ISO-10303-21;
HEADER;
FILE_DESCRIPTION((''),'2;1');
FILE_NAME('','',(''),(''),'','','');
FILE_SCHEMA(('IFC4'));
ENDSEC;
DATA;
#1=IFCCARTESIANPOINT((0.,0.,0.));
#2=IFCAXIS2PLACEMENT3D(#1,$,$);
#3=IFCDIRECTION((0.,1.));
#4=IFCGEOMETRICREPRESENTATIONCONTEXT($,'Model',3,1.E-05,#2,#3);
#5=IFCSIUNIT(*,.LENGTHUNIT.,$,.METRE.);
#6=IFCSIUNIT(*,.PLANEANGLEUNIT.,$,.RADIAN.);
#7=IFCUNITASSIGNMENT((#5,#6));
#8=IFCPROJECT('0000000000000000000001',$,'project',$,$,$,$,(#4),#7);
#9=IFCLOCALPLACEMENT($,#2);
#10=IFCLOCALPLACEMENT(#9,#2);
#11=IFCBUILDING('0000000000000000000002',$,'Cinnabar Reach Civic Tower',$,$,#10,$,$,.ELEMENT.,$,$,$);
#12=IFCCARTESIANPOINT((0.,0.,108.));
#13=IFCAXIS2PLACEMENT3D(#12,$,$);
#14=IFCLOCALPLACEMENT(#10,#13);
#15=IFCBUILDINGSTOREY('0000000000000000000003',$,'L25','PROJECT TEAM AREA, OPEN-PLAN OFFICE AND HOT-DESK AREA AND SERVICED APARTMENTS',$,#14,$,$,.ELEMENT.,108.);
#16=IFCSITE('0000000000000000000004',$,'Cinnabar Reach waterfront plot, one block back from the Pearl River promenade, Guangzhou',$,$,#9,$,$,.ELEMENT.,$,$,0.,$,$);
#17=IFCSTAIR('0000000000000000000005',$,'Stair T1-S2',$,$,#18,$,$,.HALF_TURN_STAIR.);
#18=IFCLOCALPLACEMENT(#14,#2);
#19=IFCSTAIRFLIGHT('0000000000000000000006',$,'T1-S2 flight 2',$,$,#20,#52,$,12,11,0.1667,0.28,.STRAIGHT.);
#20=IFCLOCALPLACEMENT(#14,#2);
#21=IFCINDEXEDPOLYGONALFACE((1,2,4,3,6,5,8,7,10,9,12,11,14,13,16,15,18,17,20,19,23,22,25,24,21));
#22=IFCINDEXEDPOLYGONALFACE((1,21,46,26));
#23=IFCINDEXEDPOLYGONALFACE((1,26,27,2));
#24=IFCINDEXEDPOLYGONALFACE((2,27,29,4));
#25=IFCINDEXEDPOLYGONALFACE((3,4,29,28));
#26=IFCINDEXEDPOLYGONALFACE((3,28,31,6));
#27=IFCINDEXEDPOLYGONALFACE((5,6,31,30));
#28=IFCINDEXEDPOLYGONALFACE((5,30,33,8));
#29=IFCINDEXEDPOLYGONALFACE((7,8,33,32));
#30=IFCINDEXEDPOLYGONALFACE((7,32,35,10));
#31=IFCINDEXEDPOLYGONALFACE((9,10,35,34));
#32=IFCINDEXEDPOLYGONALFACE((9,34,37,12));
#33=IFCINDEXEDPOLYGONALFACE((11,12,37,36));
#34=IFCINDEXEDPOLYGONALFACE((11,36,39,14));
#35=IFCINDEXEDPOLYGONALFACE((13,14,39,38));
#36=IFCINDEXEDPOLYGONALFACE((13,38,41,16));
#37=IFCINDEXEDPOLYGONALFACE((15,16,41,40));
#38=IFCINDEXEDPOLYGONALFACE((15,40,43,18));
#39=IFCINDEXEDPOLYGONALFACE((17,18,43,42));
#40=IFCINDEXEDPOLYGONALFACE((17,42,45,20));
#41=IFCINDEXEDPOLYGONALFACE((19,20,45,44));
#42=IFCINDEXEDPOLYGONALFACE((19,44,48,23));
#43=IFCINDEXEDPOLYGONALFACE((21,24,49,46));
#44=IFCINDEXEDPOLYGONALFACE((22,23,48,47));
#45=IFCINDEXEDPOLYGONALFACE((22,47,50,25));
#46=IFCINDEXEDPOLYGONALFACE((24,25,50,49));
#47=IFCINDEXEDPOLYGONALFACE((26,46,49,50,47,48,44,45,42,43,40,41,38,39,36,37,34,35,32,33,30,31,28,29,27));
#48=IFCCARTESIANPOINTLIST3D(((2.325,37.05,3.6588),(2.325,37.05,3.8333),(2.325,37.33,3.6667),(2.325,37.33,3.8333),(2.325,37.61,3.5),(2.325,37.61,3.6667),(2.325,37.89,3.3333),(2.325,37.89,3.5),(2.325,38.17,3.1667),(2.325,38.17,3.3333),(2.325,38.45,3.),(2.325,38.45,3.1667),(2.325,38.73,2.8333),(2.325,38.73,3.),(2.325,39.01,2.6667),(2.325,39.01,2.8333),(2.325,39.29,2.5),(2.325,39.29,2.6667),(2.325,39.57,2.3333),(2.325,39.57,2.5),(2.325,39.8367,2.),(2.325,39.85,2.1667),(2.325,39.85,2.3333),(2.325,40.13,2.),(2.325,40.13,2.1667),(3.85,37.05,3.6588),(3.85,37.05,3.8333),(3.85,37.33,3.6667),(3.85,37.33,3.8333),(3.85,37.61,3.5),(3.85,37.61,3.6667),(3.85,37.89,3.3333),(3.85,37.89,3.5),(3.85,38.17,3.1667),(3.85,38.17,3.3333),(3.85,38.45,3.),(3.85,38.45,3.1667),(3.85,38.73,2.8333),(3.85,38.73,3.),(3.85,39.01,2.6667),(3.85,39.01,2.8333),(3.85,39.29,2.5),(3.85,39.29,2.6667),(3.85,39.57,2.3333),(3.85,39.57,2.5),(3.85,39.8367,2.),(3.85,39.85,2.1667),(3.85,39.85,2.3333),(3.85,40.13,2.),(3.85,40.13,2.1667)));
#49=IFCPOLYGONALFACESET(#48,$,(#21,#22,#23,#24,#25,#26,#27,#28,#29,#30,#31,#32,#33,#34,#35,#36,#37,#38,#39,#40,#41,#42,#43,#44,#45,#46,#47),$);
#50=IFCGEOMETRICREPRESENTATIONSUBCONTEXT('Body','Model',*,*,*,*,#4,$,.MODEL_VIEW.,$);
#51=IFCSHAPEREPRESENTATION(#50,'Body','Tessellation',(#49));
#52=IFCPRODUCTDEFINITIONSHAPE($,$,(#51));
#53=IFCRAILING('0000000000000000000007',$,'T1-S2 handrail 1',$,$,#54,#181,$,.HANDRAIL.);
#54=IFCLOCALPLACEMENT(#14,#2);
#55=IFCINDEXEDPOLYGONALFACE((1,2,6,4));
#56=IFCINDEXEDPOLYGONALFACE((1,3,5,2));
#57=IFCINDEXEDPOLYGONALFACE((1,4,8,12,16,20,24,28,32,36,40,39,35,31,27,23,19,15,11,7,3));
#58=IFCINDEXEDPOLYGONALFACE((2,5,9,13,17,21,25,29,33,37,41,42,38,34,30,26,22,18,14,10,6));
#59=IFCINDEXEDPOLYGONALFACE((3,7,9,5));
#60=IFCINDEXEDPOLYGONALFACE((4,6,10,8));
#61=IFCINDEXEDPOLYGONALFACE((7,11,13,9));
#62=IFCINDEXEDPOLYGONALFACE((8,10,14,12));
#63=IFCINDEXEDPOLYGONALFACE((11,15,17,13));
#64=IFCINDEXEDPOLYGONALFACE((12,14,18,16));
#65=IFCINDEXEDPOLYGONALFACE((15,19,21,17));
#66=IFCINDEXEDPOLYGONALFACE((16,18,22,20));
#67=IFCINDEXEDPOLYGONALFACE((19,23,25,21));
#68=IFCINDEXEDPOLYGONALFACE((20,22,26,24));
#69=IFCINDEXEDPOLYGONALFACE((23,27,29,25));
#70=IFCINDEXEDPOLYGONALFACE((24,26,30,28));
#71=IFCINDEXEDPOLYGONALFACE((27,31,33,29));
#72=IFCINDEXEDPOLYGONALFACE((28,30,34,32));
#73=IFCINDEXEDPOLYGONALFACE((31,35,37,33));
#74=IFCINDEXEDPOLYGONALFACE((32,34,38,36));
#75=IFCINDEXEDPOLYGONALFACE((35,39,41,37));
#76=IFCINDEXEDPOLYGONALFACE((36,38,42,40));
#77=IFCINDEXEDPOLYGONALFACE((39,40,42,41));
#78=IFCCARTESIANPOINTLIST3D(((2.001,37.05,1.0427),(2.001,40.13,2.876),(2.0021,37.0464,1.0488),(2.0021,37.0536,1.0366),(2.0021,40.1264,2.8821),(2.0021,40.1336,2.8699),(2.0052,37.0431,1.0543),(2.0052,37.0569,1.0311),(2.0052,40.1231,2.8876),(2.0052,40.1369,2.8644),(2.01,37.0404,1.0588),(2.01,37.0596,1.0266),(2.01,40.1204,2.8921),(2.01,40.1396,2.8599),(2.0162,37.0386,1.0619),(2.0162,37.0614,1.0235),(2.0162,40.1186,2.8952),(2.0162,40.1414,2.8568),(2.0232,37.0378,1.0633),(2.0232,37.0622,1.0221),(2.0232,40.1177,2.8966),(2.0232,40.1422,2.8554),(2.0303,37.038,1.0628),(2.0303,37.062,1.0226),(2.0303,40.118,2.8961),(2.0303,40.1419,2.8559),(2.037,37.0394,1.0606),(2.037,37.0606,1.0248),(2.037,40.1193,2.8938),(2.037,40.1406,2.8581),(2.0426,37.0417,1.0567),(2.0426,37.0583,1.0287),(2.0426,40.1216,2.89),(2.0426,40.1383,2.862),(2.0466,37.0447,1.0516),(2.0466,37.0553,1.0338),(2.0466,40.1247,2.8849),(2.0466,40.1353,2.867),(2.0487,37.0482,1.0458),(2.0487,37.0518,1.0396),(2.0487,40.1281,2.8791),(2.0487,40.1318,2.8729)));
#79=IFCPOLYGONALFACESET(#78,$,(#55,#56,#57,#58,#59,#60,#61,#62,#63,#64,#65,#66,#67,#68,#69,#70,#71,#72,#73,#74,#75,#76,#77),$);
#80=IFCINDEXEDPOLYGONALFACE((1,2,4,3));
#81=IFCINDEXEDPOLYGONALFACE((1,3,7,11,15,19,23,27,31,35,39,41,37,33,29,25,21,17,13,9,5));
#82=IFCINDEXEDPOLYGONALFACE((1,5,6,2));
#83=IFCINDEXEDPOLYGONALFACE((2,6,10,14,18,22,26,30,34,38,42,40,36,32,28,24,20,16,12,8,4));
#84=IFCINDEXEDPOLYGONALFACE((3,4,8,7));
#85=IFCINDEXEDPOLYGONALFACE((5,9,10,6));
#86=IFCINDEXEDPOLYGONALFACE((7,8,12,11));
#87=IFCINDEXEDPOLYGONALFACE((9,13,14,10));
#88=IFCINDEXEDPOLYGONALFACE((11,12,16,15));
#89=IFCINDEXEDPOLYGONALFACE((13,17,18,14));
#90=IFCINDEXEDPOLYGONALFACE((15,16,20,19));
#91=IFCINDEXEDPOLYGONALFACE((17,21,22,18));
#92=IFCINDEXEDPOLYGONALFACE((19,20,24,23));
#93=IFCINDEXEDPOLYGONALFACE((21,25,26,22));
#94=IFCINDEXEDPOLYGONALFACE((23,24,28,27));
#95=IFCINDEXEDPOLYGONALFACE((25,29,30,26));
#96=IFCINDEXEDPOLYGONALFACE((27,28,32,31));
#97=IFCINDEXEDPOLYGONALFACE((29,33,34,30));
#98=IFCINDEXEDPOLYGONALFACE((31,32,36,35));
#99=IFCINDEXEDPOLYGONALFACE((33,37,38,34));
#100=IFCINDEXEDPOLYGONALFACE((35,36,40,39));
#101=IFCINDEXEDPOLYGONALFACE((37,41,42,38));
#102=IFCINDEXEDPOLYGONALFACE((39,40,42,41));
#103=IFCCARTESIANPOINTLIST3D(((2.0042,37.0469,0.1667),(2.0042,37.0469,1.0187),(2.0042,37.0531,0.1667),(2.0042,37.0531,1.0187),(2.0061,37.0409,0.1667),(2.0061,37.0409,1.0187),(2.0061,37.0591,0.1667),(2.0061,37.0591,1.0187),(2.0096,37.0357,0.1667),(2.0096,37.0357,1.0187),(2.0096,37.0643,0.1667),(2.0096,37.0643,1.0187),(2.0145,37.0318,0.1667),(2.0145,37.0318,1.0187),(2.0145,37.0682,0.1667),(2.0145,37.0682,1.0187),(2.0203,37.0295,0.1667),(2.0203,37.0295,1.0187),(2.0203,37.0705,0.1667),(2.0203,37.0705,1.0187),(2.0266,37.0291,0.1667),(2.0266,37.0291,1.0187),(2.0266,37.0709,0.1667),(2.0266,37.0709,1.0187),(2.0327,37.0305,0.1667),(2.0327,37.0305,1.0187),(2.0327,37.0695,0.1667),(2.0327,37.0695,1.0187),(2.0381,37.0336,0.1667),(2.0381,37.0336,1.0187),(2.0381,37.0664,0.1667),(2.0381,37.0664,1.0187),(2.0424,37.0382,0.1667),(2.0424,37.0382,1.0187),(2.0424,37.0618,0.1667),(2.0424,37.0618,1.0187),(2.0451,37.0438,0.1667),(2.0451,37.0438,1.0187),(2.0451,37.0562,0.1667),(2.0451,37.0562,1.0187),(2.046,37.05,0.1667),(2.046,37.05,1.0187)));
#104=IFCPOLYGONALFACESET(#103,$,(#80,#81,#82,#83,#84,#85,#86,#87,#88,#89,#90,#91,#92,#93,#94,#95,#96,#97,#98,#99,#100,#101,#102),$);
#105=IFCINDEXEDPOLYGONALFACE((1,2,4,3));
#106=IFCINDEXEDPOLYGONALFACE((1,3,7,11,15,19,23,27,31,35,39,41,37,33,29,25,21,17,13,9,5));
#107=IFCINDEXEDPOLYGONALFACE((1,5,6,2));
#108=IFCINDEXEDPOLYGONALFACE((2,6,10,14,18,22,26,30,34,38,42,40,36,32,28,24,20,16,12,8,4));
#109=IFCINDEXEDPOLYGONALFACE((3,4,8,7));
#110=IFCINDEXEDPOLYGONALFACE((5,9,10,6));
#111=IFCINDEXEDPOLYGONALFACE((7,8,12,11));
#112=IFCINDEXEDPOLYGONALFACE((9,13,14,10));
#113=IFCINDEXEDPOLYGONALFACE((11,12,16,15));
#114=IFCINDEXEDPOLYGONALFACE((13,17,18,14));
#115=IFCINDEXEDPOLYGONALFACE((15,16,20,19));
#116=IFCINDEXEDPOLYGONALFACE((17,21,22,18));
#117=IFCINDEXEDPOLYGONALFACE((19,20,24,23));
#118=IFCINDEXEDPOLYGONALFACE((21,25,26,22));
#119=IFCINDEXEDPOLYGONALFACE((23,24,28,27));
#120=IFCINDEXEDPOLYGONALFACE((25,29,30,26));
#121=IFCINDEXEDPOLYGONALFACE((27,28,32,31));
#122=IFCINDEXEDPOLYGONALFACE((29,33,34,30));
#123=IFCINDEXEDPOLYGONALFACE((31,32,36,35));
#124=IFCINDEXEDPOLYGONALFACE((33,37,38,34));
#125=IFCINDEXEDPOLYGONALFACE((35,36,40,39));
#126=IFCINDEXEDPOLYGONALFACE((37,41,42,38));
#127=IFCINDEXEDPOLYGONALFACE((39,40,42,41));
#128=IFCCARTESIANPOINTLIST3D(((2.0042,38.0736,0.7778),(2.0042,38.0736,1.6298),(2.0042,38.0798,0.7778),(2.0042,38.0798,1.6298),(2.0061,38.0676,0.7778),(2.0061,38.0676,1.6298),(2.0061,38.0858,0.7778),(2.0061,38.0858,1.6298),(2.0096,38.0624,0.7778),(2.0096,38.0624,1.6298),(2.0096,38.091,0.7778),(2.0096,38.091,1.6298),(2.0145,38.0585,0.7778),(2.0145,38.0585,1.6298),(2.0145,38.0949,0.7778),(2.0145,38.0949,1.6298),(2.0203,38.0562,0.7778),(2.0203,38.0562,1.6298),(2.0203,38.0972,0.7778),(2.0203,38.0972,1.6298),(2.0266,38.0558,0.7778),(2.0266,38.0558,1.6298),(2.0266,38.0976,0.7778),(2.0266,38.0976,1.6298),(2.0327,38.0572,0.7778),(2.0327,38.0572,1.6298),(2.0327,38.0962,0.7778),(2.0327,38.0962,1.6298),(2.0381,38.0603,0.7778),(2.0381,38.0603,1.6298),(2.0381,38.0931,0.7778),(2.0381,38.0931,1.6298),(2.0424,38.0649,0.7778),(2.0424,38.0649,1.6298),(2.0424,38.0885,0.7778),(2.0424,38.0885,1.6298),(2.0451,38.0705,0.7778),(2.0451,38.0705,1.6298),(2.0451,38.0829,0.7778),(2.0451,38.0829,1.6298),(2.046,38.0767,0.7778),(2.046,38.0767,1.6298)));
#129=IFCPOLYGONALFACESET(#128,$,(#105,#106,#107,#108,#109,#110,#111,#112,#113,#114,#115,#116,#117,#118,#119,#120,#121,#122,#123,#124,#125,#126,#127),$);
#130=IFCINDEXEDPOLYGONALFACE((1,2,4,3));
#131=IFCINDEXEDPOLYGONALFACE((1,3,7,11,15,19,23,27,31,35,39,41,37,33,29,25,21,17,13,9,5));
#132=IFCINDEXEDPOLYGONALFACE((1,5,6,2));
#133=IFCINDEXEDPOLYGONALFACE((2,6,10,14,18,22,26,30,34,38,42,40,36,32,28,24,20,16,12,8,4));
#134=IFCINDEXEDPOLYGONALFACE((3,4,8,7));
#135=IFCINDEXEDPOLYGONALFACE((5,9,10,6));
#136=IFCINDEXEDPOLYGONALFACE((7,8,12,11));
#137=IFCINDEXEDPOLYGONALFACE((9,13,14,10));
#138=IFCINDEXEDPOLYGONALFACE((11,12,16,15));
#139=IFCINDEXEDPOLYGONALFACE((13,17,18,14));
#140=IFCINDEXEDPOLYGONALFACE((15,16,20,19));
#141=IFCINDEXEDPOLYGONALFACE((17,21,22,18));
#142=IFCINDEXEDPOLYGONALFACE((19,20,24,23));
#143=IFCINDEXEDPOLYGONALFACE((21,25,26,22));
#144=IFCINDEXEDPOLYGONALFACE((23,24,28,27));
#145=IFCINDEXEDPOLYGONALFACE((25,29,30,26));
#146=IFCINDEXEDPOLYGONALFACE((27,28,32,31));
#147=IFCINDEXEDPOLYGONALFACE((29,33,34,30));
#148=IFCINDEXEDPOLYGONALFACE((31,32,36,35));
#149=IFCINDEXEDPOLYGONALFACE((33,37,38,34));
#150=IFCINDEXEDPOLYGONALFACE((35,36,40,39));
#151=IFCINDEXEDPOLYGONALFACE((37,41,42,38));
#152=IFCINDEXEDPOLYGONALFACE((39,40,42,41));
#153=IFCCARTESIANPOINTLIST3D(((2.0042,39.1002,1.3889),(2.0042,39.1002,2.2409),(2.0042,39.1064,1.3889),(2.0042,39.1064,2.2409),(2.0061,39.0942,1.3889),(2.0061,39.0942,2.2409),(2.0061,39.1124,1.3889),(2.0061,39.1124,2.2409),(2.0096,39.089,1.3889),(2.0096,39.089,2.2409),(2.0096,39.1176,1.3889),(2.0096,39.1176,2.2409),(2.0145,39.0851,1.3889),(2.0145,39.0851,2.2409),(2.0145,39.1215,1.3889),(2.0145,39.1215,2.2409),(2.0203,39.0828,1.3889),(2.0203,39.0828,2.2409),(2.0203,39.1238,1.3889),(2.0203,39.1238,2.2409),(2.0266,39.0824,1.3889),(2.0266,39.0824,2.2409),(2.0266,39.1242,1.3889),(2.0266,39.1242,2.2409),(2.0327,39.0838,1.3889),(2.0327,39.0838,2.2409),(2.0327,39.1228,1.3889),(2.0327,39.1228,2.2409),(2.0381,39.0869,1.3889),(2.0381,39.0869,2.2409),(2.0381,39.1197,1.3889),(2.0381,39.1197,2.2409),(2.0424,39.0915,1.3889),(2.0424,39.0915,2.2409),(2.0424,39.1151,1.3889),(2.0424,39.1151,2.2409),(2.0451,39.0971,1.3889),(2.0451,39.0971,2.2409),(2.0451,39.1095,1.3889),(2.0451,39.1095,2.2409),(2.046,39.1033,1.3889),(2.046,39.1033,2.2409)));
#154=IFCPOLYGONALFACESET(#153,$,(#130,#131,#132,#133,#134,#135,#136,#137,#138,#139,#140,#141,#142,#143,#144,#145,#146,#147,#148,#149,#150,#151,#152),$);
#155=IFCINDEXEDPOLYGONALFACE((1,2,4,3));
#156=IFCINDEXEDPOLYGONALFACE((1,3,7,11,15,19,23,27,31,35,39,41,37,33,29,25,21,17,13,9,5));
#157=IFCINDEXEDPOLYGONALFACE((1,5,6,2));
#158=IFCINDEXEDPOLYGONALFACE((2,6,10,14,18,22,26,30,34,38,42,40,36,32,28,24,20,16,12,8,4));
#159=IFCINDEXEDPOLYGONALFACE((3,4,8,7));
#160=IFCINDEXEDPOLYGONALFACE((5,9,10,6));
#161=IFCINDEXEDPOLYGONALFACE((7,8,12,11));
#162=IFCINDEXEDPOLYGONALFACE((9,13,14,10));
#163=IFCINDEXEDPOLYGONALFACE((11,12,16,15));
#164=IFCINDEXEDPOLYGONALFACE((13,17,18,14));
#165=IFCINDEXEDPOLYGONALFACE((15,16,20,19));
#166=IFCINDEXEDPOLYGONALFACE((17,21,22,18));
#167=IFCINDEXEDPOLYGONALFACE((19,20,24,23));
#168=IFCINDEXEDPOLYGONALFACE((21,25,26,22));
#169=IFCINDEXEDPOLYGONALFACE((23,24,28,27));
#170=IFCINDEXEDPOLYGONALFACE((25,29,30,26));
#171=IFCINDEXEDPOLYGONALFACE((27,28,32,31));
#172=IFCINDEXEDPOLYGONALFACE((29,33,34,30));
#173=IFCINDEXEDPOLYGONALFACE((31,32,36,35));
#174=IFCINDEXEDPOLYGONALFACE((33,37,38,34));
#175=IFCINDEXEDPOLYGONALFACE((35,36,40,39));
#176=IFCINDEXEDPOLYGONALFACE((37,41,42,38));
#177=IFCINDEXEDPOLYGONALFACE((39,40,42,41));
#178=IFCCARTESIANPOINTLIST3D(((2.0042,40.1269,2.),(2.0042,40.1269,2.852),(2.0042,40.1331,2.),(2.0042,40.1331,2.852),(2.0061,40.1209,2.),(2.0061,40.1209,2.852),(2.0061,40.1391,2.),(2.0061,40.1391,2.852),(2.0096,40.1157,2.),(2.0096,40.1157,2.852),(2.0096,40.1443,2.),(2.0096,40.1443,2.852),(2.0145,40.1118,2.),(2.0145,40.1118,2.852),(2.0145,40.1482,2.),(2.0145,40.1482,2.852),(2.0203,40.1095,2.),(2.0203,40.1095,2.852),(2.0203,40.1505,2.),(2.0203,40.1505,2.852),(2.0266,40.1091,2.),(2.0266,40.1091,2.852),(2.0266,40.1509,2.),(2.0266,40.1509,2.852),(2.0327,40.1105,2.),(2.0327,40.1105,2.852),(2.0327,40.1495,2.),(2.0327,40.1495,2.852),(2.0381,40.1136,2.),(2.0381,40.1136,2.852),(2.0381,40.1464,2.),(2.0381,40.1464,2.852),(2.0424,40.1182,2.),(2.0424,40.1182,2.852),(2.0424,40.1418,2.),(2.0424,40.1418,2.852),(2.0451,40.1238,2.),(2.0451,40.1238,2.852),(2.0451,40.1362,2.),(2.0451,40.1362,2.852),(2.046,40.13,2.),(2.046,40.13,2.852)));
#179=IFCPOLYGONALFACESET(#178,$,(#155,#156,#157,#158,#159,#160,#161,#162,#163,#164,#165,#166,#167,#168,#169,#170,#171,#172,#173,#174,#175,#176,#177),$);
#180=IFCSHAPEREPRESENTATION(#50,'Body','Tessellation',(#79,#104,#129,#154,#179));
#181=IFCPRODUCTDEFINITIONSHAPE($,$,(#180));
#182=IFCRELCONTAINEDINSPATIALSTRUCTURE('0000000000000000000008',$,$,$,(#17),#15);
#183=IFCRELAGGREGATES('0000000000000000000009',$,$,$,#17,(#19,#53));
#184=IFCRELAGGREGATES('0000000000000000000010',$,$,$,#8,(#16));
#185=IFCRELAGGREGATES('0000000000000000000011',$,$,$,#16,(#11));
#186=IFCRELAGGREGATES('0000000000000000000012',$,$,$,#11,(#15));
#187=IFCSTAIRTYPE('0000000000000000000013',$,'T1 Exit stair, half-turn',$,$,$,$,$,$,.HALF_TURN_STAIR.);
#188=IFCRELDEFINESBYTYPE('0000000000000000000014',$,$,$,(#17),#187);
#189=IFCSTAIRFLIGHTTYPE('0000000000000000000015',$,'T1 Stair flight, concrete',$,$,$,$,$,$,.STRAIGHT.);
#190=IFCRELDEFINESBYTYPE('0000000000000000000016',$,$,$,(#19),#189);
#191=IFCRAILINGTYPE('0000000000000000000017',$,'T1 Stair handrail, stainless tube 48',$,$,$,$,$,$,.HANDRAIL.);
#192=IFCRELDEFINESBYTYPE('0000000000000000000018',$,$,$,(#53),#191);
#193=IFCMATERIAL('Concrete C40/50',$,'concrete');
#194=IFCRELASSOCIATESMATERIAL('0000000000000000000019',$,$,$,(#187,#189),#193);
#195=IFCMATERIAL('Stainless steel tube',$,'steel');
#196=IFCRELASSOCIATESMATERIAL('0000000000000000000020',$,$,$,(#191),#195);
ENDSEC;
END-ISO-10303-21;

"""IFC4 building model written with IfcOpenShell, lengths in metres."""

from ifc_helpers import new_model, si_unit, direction, frame, origin, origin_2d, place, context, subcontext, project, spatial, polyline, circle, outline, extrude, material, type_object, element, aggregate, save


model = new_model("IFC4")

# Units and contexts
model_context = context("Model", 3, precision=1e-05, world=origin(), true_north=direction((0.0, 1.0)))
body_context = subcontext(model_context, "Body", "Model", "MODEL_VIEW")
ifc_project = project(units=[si_unit("LENGTHUNIT", "METRE"), si_unit("PLANEANGLEUNIT", "RADIAN")], contexts=[model_context])

# Site, building, storey
site_placement = place(None, origin())
site = spatial("IfcSite", under=ifc_project, at=site_placement, Name="Cinnabar Reach waterfront plot, one block back from the Pearl River promenade, Guangzhou", CompositionType="ELEMENT", RefElevation=0.0)
building_placement = place(site_placement, origin())
building = spatial("IfcBuilding", under=site, at=building_placement, Name="Cinnabar Reach Civic Tower", CompositionType="ELEMENT")
storey_placement = place(building_placement, frame((0.0, 0.0, 108.0)))
storey = spatial("IfcBuildingStorey", under=building, at=storey_placement, Name="L25", Description="PROJECT TEAM AREA, OPEN-PLAN OFFICE AND HOT-DESK AREA AND SERVICED APARTMENTS", CompositionType="ELEMENT", Elevation=108.0)

# Stair, stair flight, railing
ifc_material_1 = material(Name="Concrete C40/50", Category="concrete")
stair_type = type_object("IfcStairType", Name="T1 Exit stair, half-turn", PredefinedType="HALF_TURN_STAIR", material=ifc_material_1)
stair_placement = place(storey_placement, origin())
stair = element("IfcStair", 1, at=stair_placement, inside=storey, type_object=stair_type, Name="Stair T1-S2", PredefinedType="HALF_TURN_STAIR")
stair_flight_type = type_object("IfcStairFlightType", Name="T1 Stair flight, concrete", PredefinedType="STRAIGHT", material=ifc_material_1)
stair_flight_1_placement = place(storey_placement, frame((3.0875, 40.13, 2.0), z_axis=(0.0, 0.0, 1.0), x_axis=(0.0, -1.0, 0.0)))
stair_flight_1 = element("IfcStairFlight", 2, at=stair_flight_1_placement, type_object=stair_flight_type, Name="T1-S2 flight 2", NumberOfRisers=12, NumberOfTreads=11, PredefinedType="STRAIGHT", RiserHeight=0.1667, TreadLength=0.28, context=body_context, shape_type="SweptSolid", body=[
    extrude(outline(polyline([(0.0, 0.0), (0.0, 0.1667), (0.28, 0.1667), (0.28, 0.3333), (0.56, 0.3333), (0.56, 0.5), (0.84, 0.5), (0.84, 0.6667), (1.12, 0.6667), (1.12, 0.8333), (1.4, 0.8333), (1.4, 1.0), (1.68, 1.0), (1.68, 1.1667), (1.96, 1.1667), (1.96, 1.3333), (2.24, 1.3333), (2.24, 1.5), (2.52, 1.5), (2.52, 1.6667), (2.8, 1.6667), (2.8, 1.8333), (3.08, 1.8333), (3.08, 2.0), (3.08, 1.6588), (0.2933, 0.0), (0.0, 0.0)])), frame((0.0, 0.7625, 0.0), z_axis=(0.0, -1.0, 0.0), x_axis=(1.0, 0.0, 0.0)), (0.0, 0.0, 1.0), 1.525),
])
ifc_material_2 = material(Name="Stainless steel tube", Category="steel")
railing_type = type_object("IfcRailingType", Name="T1 Stair handrail, stainless tube 48", PredefinedType="HANDRAIL", material=ifc_material_2)
railing_1_placement = place(storey_placement, frame((2.025, 37.05, 0.1667)))
railing_1 = element("IfcRailing", 3, at=railing_1_placement, type_object=railing_type, Name="T1-S2 handrail 1", PredefinedType="HANDRAIL", context=body_context, shape_type="SweptSolid", body=[
    extrude(circle(Radius=0.024, at=origin_2d()), frame((0.0, 0.0, 0.876), z_axis=(0.0, 0.859297, 0.511477), x_axis=(-1.0, 0.0, 0.0)), (0.0, 0.0, 1.0), 3.5843),
    extrude(circle(Radius=0.021, at=origin_2d()), origin(), (0.0, 0.0, 1.0), 0.852),
    extrude(circle(Radius=0.021, at=origin_2d()), frame((0.0, 1.0267, 0.6111)), (0.0, 0.0, 1.0), 0.852),
    extrude(circle(Radius=0.021, at=origin_2d()), frame((0.0, 2.0533, 1.2222)), (0.0, 0.0, 1.0), 0.852),
    extrude(circle(Radius=0.021, at=origin_2d()), frame((0.0, 3.08, 1.8333)), (0.0, 0.0, 1.0), 0.852),
])
aggregate(stair, [stair_flight_1, railing_1])

save(model, "model.ifc")
